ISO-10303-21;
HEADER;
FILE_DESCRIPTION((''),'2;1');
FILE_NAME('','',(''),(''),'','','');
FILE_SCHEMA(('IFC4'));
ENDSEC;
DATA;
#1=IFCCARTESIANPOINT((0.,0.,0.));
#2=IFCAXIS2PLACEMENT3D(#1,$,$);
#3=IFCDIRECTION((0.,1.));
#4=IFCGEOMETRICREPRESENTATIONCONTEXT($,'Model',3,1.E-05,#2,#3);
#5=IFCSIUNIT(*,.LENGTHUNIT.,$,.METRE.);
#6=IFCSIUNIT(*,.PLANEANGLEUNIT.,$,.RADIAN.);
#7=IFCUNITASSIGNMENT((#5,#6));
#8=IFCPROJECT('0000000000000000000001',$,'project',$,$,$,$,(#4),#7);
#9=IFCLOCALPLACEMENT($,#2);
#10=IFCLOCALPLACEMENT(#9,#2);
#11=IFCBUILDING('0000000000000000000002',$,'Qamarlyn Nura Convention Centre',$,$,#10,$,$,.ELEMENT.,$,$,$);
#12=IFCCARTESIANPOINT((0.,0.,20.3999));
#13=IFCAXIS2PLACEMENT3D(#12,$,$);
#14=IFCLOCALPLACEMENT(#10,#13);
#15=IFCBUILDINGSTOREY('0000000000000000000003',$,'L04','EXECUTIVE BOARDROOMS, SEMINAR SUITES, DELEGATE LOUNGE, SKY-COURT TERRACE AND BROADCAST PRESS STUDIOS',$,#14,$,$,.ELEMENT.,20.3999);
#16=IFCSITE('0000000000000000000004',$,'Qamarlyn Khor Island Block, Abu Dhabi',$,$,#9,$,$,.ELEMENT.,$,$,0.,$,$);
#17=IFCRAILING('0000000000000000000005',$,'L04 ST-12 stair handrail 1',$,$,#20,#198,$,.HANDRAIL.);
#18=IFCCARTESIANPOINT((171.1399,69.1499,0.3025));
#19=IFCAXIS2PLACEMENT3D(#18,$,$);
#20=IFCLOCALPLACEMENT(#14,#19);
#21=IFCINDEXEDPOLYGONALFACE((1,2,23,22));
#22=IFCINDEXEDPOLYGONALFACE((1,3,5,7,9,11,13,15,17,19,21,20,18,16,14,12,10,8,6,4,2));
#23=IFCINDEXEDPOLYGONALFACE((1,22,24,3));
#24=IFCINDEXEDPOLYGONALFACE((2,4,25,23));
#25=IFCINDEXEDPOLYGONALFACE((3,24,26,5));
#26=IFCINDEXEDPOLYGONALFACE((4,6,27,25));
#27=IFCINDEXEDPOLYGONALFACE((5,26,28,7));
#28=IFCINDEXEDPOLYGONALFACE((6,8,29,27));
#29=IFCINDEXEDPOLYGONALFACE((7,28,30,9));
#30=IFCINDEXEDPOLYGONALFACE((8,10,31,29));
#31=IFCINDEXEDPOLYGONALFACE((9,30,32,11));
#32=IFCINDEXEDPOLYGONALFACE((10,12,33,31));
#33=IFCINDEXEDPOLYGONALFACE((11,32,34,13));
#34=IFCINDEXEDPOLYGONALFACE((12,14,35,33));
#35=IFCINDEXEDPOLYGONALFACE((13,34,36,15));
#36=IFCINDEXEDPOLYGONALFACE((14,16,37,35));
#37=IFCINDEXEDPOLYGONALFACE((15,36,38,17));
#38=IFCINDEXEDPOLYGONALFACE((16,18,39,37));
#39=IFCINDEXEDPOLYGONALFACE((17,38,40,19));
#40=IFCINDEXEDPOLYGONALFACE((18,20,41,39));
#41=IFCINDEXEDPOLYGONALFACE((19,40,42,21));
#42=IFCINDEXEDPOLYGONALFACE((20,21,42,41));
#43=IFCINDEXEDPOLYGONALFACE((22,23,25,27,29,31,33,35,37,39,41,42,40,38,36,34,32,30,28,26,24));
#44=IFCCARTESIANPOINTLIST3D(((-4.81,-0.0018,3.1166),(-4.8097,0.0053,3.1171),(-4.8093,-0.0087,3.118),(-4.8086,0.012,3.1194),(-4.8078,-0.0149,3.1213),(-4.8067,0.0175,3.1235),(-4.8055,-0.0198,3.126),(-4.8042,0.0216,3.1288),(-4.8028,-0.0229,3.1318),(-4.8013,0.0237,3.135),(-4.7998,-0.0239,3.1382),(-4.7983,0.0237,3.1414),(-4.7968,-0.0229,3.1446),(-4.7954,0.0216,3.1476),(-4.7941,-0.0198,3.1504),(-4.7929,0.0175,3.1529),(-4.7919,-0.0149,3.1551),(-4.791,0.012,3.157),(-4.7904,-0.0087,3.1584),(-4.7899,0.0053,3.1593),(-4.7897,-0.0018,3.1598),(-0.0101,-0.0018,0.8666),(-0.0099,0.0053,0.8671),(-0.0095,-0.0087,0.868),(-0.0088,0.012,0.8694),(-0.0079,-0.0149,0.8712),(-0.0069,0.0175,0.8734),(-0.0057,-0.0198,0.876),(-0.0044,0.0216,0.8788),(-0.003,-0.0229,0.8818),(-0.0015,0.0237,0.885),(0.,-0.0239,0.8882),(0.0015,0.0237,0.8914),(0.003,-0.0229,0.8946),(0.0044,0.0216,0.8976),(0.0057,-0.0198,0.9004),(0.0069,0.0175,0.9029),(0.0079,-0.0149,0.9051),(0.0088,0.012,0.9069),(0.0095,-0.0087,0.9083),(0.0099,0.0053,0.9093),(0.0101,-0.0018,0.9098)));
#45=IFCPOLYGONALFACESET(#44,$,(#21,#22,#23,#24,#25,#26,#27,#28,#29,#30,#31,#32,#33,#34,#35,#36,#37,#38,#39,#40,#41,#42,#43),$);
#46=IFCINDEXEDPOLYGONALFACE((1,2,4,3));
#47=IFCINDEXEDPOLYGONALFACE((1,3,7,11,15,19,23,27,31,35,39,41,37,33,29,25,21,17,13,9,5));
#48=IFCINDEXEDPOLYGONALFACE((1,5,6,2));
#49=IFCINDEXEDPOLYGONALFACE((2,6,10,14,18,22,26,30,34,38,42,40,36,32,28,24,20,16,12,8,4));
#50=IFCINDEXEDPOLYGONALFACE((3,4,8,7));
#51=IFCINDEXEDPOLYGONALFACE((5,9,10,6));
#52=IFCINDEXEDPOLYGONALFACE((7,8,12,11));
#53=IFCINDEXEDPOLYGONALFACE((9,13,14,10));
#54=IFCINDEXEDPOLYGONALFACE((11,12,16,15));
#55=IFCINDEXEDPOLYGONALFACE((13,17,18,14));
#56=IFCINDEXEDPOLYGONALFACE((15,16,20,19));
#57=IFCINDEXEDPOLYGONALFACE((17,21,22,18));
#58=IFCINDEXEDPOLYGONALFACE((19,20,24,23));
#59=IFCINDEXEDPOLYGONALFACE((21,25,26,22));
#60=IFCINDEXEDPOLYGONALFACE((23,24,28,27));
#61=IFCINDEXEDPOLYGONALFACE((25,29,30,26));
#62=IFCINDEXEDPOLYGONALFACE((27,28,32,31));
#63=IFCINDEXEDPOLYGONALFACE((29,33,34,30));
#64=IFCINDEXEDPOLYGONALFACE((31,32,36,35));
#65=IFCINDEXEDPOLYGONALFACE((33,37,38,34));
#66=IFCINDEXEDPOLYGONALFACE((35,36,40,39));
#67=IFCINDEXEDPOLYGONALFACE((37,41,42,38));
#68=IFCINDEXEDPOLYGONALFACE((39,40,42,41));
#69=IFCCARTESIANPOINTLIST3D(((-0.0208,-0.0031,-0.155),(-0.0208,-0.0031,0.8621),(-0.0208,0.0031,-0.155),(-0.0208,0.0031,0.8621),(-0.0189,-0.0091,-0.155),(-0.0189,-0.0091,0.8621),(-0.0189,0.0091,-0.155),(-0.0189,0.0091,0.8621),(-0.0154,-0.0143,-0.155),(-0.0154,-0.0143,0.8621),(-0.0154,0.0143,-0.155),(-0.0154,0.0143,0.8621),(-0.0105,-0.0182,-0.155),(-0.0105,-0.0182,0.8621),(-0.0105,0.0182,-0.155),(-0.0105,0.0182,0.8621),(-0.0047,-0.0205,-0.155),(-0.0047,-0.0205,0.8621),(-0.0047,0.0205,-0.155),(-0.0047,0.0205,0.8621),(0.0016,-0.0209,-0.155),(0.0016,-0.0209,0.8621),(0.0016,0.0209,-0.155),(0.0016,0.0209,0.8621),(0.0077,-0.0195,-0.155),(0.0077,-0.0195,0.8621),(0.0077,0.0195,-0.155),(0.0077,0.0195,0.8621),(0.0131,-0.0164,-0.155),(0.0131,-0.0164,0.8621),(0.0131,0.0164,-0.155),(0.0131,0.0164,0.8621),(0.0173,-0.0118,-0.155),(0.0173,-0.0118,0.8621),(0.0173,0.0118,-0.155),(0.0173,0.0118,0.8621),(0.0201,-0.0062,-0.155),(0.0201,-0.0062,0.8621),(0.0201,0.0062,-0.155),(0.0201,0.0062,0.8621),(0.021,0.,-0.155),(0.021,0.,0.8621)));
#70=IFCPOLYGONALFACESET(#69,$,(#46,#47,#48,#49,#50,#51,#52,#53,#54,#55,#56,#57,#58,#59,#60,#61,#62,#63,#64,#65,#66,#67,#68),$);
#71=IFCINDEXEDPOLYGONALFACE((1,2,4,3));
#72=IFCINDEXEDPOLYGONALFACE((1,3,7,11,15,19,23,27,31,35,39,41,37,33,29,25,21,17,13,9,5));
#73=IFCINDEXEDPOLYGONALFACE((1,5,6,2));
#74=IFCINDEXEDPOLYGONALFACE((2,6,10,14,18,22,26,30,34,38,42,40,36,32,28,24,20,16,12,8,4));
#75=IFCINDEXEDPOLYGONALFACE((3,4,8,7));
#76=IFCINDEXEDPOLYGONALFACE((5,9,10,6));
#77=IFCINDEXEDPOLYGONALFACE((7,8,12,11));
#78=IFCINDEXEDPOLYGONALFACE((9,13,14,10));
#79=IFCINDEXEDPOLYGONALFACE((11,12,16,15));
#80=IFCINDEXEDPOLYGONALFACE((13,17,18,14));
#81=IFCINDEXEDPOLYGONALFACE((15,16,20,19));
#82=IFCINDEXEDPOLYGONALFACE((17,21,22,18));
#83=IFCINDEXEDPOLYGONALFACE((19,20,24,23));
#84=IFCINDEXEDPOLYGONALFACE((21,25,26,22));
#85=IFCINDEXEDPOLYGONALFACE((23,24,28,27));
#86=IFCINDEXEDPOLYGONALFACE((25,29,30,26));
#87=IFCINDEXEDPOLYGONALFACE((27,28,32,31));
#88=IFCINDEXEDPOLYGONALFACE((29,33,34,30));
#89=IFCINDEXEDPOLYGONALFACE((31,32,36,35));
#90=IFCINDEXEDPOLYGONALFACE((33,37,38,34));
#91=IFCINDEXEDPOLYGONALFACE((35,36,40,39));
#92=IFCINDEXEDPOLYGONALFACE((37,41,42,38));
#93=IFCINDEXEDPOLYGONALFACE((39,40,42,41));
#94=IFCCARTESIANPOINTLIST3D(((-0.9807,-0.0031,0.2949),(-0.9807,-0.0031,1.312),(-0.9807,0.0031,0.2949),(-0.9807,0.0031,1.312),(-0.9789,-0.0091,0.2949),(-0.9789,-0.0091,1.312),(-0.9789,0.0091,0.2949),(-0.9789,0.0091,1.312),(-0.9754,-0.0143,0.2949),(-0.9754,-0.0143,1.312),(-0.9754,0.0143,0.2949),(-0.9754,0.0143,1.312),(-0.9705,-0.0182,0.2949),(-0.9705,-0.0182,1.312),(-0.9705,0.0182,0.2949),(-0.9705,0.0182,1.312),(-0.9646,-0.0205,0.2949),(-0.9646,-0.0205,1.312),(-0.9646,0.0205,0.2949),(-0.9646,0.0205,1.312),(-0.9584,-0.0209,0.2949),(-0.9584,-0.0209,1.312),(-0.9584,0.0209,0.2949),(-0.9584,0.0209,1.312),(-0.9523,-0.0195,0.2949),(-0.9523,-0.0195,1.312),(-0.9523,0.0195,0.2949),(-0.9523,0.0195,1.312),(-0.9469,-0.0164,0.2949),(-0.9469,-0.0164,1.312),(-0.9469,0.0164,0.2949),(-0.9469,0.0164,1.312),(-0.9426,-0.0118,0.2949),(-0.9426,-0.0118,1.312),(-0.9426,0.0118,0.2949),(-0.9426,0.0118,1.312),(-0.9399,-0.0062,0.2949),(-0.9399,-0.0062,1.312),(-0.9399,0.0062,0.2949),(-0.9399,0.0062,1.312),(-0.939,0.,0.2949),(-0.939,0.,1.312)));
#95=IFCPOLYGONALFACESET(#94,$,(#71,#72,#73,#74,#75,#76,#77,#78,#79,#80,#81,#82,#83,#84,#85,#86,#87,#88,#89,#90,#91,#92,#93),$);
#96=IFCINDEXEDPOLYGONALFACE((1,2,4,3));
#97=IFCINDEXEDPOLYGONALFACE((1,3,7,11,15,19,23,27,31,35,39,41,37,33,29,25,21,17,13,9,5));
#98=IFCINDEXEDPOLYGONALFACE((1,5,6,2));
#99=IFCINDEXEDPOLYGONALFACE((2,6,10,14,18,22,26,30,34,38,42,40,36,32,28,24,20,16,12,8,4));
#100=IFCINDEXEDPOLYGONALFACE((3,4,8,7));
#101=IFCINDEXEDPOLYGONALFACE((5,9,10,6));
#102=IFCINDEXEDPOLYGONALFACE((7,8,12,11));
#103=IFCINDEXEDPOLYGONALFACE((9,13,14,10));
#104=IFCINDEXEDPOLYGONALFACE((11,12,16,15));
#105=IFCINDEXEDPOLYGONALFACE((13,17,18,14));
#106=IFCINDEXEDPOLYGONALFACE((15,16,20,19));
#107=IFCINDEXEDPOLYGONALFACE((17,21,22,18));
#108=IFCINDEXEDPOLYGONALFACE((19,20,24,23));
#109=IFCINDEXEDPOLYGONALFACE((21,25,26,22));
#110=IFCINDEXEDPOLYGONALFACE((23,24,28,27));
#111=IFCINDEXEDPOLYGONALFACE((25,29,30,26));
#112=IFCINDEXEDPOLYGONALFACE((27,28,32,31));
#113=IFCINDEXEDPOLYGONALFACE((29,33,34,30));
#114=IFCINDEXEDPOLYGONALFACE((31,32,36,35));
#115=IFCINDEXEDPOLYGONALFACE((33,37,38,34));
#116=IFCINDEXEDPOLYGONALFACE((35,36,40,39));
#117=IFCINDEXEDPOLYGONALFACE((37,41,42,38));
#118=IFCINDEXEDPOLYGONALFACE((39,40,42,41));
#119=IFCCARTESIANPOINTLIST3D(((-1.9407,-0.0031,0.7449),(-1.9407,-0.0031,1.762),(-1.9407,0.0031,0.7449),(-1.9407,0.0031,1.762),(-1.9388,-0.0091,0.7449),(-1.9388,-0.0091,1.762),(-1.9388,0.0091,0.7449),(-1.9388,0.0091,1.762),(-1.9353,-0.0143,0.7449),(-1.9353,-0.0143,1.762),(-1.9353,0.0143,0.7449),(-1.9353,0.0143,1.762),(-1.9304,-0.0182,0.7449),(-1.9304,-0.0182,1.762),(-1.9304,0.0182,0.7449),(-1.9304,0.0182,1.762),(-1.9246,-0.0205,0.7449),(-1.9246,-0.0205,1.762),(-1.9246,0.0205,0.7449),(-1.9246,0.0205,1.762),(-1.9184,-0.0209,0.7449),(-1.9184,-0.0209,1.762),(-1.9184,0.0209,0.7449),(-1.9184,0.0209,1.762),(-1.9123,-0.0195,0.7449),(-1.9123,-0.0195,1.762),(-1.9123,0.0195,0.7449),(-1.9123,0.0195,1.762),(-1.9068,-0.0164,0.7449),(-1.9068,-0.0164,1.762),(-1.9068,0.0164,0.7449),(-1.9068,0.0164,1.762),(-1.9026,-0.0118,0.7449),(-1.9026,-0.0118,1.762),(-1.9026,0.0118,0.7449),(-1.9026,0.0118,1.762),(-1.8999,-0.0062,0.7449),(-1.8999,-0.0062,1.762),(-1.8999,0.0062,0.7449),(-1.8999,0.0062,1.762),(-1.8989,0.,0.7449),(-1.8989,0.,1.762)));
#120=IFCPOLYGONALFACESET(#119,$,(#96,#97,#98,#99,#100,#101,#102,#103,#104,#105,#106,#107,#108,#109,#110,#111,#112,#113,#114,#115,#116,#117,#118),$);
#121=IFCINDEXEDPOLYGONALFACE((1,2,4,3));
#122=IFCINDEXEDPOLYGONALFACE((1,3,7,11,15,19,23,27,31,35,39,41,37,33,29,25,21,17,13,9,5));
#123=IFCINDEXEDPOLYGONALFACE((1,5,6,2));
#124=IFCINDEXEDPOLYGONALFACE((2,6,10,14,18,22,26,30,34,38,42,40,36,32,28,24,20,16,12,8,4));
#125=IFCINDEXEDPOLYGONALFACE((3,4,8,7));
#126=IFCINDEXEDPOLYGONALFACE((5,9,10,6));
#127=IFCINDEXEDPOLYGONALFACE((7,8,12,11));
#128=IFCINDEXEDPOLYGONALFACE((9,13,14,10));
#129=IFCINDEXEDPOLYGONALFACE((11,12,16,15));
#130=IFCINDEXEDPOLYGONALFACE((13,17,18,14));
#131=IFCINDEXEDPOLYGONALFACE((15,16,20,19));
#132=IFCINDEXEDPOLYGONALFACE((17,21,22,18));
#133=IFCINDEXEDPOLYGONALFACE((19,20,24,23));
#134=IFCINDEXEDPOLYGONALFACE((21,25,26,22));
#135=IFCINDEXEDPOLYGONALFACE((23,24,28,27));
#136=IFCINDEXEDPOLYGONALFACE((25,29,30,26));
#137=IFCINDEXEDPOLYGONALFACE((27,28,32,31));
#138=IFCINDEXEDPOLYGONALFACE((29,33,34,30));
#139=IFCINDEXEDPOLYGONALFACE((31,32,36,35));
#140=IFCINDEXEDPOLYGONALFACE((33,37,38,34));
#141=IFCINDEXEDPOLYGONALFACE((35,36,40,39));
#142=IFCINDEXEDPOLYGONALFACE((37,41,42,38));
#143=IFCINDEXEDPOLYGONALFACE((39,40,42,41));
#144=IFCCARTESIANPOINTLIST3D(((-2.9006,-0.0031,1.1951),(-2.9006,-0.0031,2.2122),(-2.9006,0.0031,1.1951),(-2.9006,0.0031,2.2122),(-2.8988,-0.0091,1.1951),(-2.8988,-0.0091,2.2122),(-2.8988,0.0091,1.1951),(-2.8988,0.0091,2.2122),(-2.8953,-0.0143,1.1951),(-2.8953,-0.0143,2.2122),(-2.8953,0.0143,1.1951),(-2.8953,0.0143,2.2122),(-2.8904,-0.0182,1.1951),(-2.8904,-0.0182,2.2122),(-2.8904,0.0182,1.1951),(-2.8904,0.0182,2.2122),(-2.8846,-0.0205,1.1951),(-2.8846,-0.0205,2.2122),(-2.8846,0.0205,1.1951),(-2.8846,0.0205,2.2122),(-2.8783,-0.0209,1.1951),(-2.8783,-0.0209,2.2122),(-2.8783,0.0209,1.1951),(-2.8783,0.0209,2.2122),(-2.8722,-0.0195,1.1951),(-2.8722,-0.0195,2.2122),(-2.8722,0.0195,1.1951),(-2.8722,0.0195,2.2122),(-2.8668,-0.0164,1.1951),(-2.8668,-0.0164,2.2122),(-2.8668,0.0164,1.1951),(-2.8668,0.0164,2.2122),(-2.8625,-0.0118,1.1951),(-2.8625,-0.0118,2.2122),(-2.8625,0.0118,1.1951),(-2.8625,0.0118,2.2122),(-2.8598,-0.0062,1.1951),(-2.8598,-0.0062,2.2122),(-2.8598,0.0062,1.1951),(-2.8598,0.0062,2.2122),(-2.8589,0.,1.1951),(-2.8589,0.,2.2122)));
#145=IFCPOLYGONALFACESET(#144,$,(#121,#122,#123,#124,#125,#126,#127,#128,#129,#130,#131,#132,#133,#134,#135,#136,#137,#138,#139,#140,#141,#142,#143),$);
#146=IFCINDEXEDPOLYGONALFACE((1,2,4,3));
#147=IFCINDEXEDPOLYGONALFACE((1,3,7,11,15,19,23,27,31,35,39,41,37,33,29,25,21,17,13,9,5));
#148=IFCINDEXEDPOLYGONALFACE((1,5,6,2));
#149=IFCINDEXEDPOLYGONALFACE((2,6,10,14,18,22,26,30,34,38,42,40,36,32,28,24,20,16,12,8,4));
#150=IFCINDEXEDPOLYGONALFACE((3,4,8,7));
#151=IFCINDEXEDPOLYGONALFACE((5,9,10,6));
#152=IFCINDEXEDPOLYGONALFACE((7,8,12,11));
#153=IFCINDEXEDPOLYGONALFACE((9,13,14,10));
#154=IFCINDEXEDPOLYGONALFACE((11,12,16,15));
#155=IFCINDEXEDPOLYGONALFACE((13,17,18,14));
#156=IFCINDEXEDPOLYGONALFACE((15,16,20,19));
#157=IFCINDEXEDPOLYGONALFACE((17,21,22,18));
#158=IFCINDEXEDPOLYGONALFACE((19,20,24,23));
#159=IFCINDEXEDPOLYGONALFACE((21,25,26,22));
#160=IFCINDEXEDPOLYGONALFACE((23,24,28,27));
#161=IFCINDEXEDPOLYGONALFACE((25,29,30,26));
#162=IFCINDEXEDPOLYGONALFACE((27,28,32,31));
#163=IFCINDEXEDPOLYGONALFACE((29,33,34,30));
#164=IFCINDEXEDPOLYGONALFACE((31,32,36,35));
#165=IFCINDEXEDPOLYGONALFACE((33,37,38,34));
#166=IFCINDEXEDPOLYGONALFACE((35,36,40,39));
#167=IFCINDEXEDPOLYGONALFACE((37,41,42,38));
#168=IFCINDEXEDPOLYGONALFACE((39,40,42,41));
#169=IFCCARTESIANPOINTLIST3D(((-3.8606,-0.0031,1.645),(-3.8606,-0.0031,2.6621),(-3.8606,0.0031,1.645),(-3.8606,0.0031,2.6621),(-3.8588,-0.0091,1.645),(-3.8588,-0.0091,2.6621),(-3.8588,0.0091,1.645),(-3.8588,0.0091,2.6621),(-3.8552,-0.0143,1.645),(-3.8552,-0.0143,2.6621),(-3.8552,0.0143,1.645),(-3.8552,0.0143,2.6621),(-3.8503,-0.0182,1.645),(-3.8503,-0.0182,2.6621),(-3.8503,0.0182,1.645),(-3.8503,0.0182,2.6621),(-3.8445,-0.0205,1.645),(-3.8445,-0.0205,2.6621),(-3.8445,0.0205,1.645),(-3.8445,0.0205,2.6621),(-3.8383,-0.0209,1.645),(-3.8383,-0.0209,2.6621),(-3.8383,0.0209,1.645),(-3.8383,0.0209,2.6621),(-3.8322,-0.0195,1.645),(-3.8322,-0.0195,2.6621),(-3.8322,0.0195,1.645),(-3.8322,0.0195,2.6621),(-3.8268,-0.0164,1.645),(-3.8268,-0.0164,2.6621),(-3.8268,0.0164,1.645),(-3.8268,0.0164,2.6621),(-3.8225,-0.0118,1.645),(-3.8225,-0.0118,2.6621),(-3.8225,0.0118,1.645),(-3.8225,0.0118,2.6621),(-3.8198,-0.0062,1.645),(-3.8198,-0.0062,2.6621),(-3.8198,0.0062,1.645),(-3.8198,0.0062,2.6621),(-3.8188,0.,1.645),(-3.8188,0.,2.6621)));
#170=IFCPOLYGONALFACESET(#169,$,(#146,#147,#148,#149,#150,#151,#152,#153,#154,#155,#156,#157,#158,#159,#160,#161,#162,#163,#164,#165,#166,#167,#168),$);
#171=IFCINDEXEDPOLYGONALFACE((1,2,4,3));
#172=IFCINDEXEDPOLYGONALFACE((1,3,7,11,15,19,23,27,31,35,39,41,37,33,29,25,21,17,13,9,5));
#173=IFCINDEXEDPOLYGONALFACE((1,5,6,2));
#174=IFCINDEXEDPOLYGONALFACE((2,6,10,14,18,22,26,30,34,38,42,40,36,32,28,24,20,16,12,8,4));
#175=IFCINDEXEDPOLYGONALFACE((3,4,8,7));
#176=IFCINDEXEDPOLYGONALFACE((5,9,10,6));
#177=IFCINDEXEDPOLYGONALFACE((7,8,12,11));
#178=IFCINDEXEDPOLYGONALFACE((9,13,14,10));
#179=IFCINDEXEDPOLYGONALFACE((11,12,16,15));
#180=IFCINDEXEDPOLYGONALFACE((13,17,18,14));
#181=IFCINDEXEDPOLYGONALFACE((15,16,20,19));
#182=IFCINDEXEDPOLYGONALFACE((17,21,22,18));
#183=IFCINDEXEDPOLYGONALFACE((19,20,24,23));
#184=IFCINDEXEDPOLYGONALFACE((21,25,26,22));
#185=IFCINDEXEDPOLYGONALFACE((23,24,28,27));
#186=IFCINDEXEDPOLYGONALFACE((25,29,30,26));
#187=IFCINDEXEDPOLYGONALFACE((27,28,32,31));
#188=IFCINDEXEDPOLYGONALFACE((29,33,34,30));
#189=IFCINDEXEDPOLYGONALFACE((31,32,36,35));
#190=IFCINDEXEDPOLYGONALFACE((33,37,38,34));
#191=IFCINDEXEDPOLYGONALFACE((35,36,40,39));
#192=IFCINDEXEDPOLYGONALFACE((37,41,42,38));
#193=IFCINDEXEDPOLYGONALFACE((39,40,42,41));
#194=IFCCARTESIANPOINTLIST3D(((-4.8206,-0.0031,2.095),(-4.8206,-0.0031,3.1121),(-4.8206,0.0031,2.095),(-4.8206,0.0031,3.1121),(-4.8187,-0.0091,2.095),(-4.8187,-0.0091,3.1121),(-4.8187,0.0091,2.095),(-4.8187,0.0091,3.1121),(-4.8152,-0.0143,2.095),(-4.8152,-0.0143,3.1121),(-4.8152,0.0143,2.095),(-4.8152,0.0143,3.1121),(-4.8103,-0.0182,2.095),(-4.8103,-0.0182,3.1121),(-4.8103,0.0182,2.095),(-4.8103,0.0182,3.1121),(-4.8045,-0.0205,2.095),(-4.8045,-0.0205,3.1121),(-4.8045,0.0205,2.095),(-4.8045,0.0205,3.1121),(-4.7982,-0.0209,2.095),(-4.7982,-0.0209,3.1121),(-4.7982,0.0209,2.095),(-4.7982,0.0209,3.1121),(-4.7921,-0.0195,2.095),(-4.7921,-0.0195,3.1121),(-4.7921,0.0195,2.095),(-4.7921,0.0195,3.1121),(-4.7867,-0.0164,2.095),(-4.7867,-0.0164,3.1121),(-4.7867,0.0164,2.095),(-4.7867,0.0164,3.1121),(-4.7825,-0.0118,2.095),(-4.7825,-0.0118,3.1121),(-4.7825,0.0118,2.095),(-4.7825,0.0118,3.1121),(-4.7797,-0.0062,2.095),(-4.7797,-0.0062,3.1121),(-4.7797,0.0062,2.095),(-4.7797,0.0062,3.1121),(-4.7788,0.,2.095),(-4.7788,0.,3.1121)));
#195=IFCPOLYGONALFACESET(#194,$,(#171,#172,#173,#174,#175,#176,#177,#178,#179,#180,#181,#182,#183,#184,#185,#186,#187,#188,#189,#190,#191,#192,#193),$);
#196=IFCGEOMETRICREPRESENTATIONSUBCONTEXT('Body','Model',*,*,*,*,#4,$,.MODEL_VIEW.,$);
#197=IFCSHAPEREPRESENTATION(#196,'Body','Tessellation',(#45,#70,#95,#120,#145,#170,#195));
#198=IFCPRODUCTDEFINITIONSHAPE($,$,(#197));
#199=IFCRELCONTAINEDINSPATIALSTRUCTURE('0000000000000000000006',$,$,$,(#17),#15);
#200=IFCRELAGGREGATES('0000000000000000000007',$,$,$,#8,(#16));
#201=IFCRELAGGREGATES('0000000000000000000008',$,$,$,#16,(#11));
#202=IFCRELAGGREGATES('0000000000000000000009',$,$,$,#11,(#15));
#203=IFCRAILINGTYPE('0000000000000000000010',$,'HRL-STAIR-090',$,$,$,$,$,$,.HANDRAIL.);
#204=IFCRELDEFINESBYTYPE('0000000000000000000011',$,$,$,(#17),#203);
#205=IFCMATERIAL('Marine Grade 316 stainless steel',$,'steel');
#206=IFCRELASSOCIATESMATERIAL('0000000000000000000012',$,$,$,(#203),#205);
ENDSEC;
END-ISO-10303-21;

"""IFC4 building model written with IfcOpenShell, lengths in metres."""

from ifc_helpers import new_model, si_unit, direction, frame, origin, origin_2d, place, context, subcontext, project, spatial, circle, extrude, material, type_object, element, save


model = new_model("IFC4")

# Units and contexts
model_context = context("Model", 3, precision=1e-05, world=origin(), true_north=direction((0.0, 1.0)))
body_context = subcontext(model_context, "Body", "Model", "MODEL_VIEW")
ifc_project = project(units=[si_unit("LENGTHUNIT", "METRE"), si_unit("PLANEANGLEUNIT", "RADIAN")], contexts=[model_context])

# Site, building, storey
site_placement = place(None, origin())
site = spatial("IfcSite", under=ifc_project, at=site_placement, Name="Qamarlyn Khor Island Block, Abu Dhabi", CompositionType="ELEMENT", RefElevation=0.0)
building_placement = place(site_placement, origin())
building = spatial("IfcBuilding", under=site, at=building_placement, Name="Qamarlyn Nura Convention Centre", CompositionType="ELEMENT")
storey_placement = place(building_placement, frame((0.0, 0.0, 20.3999)))
storey = spatial("IfcBuildingStorey", under=building, at=storey_placement, Name="L04", Description="EXECUTIVE BOARDROOMS, SEMINAR SUITES, DELEGATE LOUNGE, SKY-COURT TERRACE AND BROADCAST PRESS STUDIOS", CompositionType="ELEMENT", Elevation=20.3999)

# Railing
ifc_material_1 = material(Name="Marine Grade 316 stainless steel", Category="steel")
railing_type_1 = type_object("IfcRailingType", Name="HRL-STAIR-090", PredefinedType="HANDRAIL", material=ifc_material_1)
railing_1_placement = place(storey_placement, frame((171.1399, 69.1499, 0.3025)))
element("IfcRailing", 1, at=railing_1_placement, inside=storey, type_object=railing_type_1, Name="L04 ST-12 stair handrail 1", PredefinedType="HANDRAIL", context=body_context, shape_type="SweptSolid", body=[
    extrude(circle(Radius=0.0239, at=origin_2d()), frame((0.0, 0.0, 0.8882), z_axis=(-0.905452, 0.0, 0.424448), x_axis=(0.0, -1.0, 0.0)), (0.0, 0.0, 1.0), 5.301),
    extrude(circle(Radius=0.021, at=origin_2d()), frame((0.0, 0.0, -0.155)), (0.0, 0.0, 1.0), 1.0171),
    extrude(circle(Radius=0.021, at=origin_2d()), frame((-0.96, 0.0, 0.2949)), (0.0, 0.0, 1.0), 1.0171),
    extrude(circle(Radius=0.021, at=origin_2d()), frame((-1.9199, 0.0, 0.7449)), (0.0, 0.0, 1.0), 1.0171),
    extrude(circle(Radius=0.021, at=origin_2d()), frame((-2.8799, 0.0, 1.1951)), (0.0, 0.0, 1.0), 1.0171),
    extrude(circle(Radius=0.021, at=origin_2d()), frame((-3.8398, 0.0, 1.645)), (0.0, 0.0, 1.0), 1.0171),
    extrude(circle(Radius=0.021, at=origin_2d()), frame((-4.7998, 0.0, 2.095)), (0.0, 0.0, 1.0), 1.0171),
])

save(model, "model.ifc")
